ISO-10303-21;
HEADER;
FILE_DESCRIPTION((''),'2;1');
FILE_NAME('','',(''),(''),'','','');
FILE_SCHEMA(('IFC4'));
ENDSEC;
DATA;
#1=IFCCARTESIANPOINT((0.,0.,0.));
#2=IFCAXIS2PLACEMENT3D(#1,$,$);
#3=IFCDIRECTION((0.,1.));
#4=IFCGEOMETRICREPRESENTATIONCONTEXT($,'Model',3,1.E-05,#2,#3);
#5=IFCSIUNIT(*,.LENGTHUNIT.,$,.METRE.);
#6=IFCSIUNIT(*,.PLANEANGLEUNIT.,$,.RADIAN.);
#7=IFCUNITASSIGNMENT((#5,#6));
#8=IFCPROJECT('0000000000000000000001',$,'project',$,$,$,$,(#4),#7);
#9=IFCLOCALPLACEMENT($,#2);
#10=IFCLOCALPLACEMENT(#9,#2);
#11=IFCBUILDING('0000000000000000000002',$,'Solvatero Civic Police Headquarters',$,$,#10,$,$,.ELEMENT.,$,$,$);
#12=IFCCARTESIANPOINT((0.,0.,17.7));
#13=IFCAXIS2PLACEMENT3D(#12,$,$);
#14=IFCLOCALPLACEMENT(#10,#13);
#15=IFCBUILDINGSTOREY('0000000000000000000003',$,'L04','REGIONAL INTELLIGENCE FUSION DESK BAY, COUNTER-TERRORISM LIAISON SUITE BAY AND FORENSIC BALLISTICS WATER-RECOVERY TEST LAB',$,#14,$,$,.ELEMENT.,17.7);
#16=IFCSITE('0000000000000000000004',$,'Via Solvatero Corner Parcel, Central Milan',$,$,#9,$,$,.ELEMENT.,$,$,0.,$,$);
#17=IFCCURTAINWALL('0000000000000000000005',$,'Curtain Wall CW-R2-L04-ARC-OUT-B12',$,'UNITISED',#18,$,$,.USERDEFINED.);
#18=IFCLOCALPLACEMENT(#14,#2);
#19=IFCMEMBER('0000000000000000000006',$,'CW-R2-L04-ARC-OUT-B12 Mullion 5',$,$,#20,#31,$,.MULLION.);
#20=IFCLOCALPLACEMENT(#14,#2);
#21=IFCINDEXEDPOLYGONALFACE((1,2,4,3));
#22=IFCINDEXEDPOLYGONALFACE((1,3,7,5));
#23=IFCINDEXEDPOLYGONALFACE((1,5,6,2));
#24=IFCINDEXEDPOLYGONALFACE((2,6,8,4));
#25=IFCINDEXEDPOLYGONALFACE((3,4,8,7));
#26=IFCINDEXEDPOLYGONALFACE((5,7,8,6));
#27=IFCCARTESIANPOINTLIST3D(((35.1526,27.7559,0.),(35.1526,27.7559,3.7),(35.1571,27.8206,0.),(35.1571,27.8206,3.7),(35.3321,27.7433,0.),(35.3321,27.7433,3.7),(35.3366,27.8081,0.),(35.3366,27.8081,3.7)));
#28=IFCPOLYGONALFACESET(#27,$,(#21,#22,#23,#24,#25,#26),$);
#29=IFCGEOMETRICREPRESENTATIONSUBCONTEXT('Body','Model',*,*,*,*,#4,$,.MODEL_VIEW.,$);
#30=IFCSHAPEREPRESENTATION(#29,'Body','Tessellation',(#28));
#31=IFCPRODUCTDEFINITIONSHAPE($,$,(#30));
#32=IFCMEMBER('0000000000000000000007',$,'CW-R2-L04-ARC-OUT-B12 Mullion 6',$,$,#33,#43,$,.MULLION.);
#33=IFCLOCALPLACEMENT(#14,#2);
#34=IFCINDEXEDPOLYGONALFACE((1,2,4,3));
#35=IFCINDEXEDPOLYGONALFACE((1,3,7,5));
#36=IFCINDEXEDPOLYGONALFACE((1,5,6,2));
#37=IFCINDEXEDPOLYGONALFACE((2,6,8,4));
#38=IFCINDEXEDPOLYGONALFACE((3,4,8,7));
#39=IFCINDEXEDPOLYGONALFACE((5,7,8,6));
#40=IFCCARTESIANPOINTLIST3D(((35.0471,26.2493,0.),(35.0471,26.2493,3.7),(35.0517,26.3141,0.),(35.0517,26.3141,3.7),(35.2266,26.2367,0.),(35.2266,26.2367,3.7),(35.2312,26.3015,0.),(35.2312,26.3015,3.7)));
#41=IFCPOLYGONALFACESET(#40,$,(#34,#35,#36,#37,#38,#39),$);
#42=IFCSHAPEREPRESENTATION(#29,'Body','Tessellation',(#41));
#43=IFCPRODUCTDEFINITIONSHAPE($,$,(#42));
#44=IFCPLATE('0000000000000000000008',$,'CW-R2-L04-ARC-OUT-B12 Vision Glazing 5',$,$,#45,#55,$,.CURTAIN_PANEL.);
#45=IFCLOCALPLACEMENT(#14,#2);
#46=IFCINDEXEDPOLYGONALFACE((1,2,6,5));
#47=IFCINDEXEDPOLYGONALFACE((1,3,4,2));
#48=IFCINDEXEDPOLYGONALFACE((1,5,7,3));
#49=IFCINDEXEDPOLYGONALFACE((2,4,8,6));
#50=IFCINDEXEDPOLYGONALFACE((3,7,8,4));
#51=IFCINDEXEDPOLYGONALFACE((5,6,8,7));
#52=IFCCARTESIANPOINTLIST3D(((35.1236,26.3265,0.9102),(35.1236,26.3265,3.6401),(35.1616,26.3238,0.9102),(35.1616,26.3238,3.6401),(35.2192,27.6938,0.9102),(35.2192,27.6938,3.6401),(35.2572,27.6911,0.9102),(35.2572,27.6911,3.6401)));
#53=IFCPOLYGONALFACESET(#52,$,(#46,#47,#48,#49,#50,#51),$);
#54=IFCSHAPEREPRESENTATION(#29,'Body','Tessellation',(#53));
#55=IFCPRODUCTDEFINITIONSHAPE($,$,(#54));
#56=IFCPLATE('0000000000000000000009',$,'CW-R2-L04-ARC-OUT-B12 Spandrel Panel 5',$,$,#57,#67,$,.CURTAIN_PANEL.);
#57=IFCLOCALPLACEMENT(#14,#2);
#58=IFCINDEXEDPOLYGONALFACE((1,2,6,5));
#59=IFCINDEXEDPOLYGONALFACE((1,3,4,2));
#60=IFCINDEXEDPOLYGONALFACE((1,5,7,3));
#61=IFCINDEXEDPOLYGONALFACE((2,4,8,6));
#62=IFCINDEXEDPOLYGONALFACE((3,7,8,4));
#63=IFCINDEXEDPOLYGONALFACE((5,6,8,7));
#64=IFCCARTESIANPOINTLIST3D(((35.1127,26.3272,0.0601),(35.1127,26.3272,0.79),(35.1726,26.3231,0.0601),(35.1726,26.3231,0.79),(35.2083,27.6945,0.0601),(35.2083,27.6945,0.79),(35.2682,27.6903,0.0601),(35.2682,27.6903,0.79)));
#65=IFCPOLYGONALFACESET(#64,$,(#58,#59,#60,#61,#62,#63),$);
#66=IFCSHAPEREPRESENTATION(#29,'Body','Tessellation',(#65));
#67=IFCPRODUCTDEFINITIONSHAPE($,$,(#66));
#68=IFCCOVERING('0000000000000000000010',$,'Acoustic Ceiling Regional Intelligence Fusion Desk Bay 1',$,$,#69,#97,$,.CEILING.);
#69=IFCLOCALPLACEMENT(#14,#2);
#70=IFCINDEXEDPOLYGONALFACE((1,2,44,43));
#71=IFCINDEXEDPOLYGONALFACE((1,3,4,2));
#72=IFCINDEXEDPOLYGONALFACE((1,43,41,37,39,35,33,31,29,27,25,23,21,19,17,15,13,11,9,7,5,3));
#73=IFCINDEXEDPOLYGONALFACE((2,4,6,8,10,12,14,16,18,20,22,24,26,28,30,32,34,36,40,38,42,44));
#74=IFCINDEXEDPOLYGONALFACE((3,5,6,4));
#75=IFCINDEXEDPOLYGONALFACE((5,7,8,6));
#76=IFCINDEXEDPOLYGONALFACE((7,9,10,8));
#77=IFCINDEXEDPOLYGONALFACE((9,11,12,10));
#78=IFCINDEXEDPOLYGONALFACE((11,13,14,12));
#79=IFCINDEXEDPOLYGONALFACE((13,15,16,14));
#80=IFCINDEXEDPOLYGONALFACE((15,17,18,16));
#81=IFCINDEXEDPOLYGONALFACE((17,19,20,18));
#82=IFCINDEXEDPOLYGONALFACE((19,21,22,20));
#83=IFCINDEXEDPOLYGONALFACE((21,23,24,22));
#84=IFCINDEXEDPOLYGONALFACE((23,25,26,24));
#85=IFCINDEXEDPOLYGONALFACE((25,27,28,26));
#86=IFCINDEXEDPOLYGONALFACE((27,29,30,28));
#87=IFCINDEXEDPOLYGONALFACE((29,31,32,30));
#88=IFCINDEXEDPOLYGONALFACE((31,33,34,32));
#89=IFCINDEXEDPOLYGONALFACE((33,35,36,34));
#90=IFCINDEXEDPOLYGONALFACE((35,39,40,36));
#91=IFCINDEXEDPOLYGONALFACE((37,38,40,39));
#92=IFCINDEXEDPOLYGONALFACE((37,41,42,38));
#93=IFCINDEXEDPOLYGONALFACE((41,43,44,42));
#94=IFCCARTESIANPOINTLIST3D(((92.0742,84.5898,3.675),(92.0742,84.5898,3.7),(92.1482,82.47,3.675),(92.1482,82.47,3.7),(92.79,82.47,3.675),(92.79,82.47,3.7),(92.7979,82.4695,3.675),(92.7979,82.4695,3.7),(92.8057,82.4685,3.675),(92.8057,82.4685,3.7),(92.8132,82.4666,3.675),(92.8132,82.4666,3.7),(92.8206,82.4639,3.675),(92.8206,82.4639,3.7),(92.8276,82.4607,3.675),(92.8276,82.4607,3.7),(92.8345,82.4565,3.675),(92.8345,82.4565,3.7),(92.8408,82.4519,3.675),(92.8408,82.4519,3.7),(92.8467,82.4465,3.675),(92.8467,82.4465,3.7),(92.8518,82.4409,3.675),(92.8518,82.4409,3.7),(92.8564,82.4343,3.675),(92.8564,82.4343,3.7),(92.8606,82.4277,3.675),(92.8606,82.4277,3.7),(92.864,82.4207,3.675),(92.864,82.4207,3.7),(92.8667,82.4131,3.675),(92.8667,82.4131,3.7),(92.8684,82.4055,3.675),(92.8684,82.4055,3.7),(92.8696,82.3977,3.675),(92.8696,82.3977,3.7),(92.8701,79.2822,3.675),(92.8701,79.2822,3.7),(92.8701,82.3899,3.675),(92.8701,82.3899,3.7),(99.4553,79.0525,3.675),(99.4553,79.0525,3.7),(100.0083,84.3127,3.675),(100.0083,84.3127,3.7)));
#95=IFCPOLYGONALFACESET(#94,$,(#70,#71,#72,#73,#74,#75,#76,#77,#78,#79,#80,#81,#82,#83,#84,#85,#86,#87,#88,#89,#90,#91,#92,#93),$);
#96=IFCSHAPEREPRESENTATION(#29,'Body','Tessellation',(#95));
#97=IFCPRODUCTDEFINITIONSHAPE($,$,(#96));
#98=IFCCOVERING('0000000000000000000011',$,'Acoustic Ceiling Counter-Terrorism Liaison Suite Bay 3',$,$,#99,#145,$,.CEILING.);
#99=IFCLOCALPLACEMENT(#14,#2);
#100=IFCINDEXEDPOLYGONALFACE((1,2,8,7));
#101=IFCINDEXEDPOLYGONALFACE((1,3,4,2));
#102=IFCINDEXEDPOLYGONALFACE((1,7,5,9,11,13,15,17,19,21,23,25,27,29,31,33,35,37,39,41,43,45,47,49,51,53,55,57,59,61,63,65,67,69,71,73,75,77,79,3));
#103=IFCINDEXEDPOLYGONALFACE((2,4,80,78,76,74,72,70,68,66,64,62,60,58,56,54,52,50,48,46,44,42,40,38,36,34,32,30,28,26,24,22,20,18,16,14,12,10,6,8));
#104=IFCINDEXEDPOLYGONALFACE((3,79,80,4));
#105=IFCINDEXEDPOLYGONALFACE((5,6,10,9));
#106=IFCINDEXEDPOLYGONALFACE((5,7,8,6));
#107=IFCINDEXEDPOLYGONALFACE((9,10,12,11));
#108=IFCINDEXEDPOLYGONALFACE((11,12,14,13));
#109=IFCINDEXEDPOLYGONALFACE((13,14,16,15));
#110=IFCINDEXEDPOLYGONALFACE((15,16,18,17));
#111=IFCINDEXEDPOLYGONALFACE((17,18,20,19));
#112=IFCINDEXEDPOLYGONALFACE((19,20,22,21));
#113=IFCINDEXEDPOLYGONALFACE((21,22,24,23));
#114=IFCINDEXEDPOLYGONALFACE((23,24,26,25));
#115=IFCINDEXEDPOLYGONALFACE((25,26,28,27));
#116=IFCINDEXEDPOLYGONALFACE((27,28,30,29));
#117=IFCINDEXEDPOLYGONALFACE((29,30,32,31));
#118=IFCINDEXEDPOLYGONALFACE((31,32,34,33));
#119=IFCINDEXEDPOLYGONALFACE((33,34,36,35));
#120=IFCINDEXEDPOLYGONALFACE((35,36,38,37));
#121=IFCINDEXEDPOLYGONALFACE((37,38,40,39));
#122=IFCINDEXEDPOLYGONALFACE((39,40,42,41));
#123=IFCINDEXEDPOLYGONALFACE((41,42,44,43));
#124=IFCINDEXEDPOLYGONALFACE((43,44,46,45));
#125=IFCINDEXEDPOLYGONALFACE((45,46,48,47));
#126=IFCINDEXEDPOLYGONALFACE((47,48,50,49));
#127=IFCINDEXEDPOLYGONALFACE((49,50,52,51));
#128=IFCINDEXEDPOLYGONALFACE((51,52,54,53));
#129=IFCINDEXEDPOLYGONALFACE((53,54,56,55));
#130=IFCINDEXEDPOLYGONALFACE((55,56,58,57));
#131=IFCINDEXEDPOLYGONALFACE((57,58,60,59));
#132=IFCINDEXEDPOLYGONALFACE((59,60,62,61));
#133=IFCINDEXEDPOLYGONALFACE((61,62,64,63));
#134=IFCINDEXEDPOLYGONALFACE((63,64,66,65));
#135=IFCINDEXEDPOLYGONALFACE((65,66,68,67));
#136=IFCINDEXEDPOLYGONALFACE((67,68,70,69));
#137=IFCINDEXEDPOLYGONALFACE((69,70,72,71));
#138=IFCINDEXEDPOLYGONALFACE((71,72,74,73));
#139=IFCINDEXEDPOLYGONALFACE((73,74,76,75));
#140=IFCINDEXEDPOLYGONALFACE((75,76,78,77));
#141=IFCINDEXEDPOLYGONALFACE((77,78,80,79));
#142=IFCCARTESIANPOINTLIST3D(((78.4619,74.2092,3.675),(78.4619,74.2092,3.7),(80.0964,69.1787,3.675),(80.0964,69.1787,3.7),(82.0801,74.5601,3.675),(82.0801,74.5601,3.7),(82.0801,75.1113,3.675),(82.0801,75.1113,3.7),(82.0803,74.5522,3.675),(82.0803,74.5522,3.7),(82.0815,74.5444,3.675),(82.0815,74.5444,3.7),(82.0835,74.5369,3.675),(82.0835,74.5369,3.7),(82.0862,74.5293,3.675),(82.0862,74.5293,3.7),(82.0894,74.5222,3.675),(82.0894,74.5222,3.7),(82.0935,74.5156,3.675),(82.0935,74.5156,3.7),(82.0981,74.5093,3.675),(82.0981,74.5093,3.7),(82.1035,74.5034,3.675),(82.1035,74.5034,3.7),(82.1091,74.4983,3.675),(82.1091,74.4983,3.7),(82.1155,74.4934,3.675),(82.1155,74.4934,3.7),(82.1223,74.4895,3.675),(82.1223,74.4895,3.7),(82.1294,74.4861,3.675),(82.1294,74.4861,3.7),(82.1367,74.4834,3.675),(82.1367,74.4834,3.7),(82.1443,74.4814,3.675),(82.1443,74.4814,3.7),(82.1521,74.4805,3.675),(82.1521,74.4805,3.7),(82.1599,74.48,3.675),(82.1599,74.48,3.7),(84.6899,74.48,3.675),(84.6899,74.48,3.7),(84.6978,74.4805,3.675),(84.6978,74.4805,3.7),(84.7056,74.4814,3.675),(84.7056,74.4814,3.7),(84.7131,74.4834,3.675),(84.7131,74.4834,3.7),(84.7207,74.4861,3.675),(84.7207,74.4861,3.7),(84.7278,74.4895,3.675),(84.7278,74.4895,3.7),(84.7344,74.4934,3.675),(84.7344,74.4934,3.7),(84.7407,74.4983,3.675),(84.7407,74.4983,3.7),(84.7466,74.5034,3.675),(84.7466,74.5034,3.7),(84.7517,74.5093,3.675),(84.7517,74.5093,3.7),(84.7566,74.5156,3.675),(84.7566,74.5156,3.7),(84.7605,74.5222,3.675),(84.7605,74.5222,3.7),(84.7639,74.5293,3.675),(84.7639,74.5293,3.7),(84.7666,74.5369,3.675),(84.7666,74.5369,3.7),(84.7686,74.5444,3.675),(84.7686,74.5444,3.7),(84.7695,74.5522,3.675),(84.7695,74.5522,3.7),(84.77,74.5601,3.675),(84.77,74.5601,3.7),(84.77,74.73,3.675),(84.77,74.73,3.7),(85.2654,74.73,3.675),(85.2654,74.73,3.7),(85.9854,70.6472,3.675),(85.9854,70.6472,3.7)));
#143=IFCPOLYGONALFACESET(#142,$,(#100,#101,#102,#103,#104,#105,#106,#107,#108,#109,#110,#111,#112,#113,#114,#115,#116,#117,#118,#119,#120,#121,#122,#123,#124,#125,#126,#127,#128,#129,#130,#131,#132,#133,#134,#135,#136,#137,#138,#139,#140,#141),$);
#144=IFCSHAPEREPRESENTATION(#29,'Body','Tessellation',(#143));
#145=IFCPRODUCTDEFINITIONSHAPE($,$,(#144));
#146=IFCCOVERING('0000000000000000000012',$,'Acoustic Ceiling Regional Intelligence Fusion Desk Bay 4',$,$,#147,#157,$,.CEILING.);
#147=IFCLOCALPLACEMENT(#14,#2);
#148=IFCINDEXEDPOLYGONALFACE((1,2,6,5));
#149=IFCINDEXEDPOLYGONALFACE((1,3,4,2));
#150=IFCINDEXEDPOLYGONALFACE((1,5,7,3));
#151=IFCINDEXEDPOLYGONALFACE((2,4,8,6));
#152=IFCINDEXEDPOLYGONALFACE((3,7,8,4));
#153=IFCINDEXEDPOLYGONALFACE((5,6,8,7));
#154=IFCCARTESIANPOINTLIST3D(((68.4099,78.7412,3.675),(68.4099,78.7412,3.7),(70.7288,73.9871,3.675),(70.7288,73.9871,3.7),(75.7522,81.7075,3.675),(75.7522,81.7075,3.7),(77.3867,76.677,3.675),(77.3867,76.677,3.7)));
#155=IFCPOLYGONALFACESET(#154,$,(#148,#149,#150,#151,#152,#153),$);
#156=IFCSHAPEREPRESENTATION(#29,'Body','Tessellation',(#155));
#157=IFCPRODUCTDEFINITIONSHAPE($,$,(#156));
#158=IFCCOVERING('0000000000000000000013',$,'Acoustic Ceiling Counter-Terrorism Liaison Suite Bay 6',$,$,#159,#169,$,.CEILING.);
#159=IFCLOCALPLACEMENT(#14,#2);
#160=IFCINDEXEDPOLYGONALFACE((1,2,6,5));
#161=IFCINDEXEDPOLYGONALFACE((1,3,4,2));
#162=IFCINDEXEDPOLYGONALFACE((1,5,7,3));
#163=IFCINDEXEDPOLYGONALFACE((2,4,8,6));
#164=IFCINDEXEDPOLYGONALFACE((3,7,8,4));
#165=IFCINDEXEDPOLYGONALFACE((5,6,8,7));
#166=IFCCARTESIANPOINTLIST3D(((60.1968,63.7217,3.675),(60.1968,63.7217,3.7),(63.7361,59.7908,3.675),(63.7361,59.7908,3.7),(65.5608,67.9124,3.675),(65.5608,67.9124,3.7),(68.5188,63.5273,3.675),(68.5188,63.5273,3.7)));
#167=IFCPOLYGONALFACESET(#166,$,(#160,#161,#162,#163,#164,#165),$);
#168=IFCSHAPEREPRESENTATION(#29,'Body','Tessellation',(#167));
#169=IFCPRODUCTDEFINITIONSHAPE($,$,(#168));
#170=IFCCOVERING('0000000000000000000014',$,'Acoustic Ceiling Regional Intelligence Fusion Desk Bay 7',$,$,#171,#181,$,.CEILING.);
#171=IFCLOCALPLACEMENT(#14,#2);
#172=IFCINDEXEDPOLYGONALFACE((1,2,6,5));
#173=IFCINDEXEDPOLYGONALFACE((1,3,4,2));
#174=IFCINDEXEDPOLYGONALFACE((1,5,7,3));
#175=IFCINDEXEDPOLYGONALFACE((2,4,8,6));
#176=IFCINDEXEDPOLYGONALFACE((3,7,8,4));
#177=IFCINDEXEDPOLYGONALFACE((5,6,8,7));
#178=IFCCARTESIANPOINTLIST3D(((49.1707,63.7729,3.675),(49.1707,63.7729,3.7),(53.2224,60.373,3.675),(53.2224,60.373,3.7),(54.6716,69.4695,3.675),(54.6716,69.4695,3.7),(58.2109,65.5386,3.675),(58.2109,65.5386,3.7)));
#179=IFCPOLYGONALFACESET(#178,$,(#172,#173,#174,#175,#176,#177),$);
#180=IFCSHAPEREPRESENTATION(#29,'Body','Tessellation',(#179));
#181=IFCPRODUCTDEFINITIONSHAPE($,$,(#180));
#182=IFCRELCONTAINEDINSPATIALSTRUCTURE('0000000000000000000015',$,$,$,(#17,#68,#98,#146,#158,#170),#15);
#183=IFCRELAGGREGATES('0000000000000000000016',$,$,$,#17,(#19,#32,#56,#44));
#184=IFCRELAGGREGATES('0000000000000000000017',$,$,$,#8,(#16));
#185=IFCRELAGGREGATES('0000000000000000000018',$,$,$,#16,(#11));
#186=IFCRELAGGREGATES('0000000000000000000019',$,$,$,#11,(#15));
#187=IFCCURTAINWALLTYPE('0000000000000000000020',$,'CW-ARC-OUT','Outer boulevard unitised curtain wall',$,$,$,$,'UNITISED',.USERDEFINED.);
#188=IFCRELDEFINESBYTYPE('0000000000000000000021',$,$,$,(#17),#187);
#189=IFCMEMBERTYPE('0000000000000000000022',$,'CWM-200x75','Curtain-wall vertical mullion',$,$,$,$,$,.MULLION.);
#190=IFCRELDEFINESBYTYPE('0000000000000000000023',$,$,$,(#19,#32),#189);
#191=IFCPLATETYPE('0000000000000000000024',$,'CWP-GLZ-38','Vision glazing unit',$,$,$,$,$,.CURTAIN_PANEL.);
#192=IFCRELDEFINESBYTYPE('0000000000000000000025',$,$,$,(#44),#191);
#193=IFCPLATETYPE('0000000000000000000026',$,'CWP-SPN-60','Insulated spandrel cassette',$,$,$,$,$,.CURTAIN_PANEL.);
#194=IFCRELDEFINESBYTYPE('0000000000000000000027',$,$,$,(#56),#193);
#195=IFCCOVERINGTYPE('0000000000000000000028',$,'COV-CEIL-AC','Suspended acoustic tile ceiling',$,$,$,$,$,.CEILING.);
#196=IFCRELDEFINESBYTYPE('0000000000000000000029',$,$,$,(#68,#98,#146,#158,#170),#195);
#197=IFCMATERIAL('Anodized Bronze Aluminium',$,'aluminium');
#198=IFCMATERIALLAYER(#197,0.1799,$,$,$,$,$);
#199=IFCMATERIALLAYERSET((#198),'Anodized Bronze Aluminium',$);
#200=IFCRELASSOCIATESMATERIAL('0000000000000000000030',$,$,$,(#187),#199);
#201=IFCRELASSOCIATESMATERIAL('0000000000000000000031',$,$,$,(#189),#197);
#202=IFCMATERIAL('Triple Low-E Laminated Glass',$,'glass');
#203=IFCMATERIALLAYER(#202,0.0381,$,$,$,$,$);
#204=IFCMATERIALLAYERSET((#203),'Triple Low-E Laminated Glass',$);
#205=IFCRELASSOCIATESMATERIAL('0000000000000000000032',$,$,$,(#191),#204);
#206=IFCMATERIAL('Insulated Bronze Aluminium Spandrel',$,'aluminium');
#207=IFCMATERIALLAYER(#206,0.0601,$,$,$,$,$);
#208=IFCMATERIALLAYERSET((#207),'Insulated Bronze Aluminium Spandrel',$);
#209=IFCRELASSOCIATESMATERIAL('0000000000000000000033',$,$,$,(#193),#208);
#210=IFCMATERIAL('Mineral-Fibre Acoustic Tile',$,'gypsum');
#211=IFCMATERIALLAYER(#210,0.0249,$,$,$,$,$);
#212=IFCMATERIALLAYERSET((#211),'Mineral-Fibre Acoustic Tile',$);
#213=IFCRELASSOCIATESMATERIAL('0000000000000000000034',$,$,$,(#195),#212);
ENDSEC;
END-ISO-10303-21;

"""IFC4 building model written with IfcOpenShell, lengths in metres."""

from ifc_helpers import new_model, si_unit, direction, frame, origin, origin_2d, place, context, subcontext, project, spatial, polyline, rectangle, outline, extrude, material, layer, layer_set, material_profile, profile_set, type_object, element, aggregate, save


model = new_model("IFC4")

# Units and contexts
model_context = context("Model", 3, precision=1e-05, world=origin(), true_north=direction((0.0, 1.0)))
body_context = subcontext(model_context, "Body", "Model", "MODEL_VIEW")
ifc_project = project(units=[si_unit("LENGTHUNIT", "METRE"), si_unit("PLANEANGLEUNIT", "RADIAN")], contexts=[model_context])

# Site, building, storey
site_placement = place(None, origin())
site = spatial("IfcSite", under=ifc_project, at=site_placement, Name="Via Solvatero Corner Parcel, Central Milan", CompositionType="ELEMENT", RefElevation=0.0)
building_placement = place(site_placement, origin())
building = spatial("IfcBuilding", under=site, at=building_placement, Name="Solvatero Civic Police Headquarters", CompositionType="ELEMENT")
storey_placement = place(building_placement, frame((0.0, 0.0, 17.7)))
storey = spatial("IfcBuildingStorey", under=building, at=storey_placement, Name="L04", Description="REGIONAL INTELLIGENCE FUSION DESK BAY, COUNTER-TERRORISM LIAISON SUITE BAY AND FORENSIC BALLISTICS WATER-RECOVERY TEST LAB", CompositionType="ELEMENT", Elevation=17.7)

# Curtain wall, members, plates
ifc_material_1 = material(Name="Anodized Bronze Aluminium", Category="aluminium")
ifc_layer_1 = layer(ifc_material_1, 0.1799)
ifc_layer_set_1 = layer_set([ifc_layer_1], Name="Anodized Bronze Aluminium")
curtain_wall_type = type_object("IfcCurtainWallType", Name="CW-ARC-OUT", Description="Outer boulevard unitised curtain wall", ElementType="UNITISED", PredefinedType="USERDEFINED", material=ifc_layer_set_1)
curtain_wall_placement = place(storey_placement, origin())
curtain_wall = element("IfcCurtainWall", 1, at=curtain_wall_placement, inside=storey, type_object=curtain_wall_type, Name="Curtain Wall CW-R2-L04-ARC-OUT-B12", ObjectType="UNITISED", PredefinedType="USERDEFINED")
ifc_material_profile = material_profile(ifc_material_1, rectangle(XDim=0.0649, YDim=0.1799, at=origin_2d()), Name="ALU MULLION 65x180")
ifc_profile_set = profile_set([ifc_material_profile], Name="Anodized Bronze Aluminium")
member_type = type_object("IfcMemberType", Name="CWM-200x75", Description="Curtain-wall vertical mullion", PredefinedType="MULLION", material=ifc_profile_set)
member_1_placement = place(storey_placement, frame((35.2446, 27.782, 0.0), z_axis=(0.0, 0.0, 1.0), x_axis=(-0.069739, -0.997565, 0.0)))
member_1 = element("IfcMember", 2, at=member_1_placement, type_object=member_type, Name="CW-R2-L04-ARC-OUT-B12 Mullion 5", PredefinedType="MULLION", context=body_context, shape_type="SweptSolid", body=[
    extrude(rectangle(XDim=0.0649, YDim=0.1799, at=origin_2d()), origin(), (0.0, 0.0, 1.0), 3.7),
])
member_2_placement = place(storey_placement, frame((35.1392, 26.2754, 0.0), z_axis=(0.0, 0.0, 1.0), x_axis=(-0.069739, -0.997565, 0.0)))
member_2 = element("IfcMember", 3, at=member_2_placement, type_object=member_type, Name="CW-R2-L04-ARC-OUT-B12 Mullion 6", PredefinedType="MULLION", context=body_context, shape_type="SweptSolid", body=[
    extrude(rectangle(XDim=0.0649, YDim=0.1799, at=origin_2d()), origin(), (0.0, 0.0, 1.0), 3.7),
])
ifc_material_2 = material(Name="Triple Low-E Laminated Glass", Category="glass")
ifc_layer_2 = layer(ifc_material_2, 0.0381)
ifc_layer_set_2 = layer_set([ifc_layer_2], Name="Triple Low-E Laminated Glass")
plate_type_1 = type_object("IfcPlateType", Name="CWP-GLZ-38", Description="Vision glazing unit", PredefinedType="CURTAIN_PANEL", material=ifc_layer_set_2)
plate_1_placement = place(storey_placement, frame((35.1904, 27.0088, 0.9102), z_axis=(0.0, 0.0, 1.0), x_axis=(-0.069739, -0.997565, 0.0)))
plate_1 = element("IfcPlate", 4, at=plate_1_placement, type_object=plate_type_1, Name="CW-R2-L04-ARC-OUT-B12 Vision Glazing 5", PredefinedType="CURTAIN_PANEL", context=body_context, shape_type="SweptSolid", body=[
    extrude(rectangle(XDim=1.3706, YDim=0.0381, at=origin_2d()), origin(), (0.0, 0.0, 1.0), 2.73),
])
ifc_material_3 = material(Name="Insulated Bronze Aluminium Spandrel", Category="aluminium")
ifc_layer_3 = layer(ifc_material_3, 0.0601)
ifc_layer_set_3 = layer_set([ifc_layer_3], Name="Insulated Bronze Aluminium Spandrel")
plate_type_2 = type_object("IfcPlateType", Name="CWP-SPN-60", Description="Insulated spandrel cassette", PredefinedType="CURTAIN_PANEL", material=ifc_layer_set_3)
plate_2_placement = place(storey_placement, frame((35.1904, 27.0088, 0.0601), z_axis=(0.0, 0.0, 1.0), x_axis=(-0.069739, -0.997565, 0.0)))
plate_2 = element("IfcPlate", 5, at=plate_2_placement, type_object=plate_type_2, Name="CW-R2-L04-ARC-OUT-B12 Spandrel Panel 5", PredefinedType="CURTAIN_PANEL", context=body_context, shape_type="SweptSolid", body=[
    extrude(rectangle(XDim=1.3706, YDim=0.0601, at=origin_2d()), origin(), (0.0, 0.0, 1.0), 0.73),
])
aggregate(curtain_wall, [member_1, member_2, plate_2, plate_1])

# Coverings
ifc_material_4 = material(Name="Mineral-Fibre Acoustic Tile", Category="gypsum")
ifc_layer_4 = layer(ifc_material_4, 0.0249)
ifc_layer_set_4 = layer_set([ifc_layer_4], Name="Mineral-Fibre Acoustic Tile")
covering_type_1 = type_object("IfcCoveringType", Name="COV-CEIL-AC", Description="Suspended acoustic tile ceiling", PredefinedType="CEILING", material=ifc_layer_set_4)
covering_1_placement = place(storey_placement, frame((0.0, 0.0, 3.675)))
element("IfcCovering", 6, at=covering_1_placement, inside=storey, type_object=covering_type_1, Name="Acoustic Ceiling Regional Intelligence Fusion Desk Bay 1", PredefinedType="CEILING", context=body_context, shape_type="SweptSolid", body=[
    extrude(outline(polyline([(92.0742, 84.5898), (100.0083, 84.3127), (99.4553, 79.0525), (92.8701, 79.2822), (92.8701, 82.3899), (92.8696, 82.3977), (92.8684, 82.4055), (92.8667, 82.4131), (92.864, 82.4207), (92.8606, 82.4277), (92.8564, 82.4343), (92.8518, 82.4409), (92.8467, 82.4465), (92.8408, 82.4519), (92.8345, 82.4565), (92.8276, 82.4607), (92.8206, 82.4639), (92.8132, 82.4666), (92.8057, 82.4685), (92.7979, 82.4695), (92.79, 82.47), (92.1482, 82.47), (92.0742, 84.5898)])), origin(), (0.0, 0.0, 1.0), 0.0249),
])
covering_2_placement = place(storey_placement, frame((0.0, 0.0, 3.675)))
element("IfcCovering", 7, at=covering_2_placement, inside=storey, type_object=covering_type_1, Name="Acoustic Ceiling Counter-Terrorism Liaison Suite Bay 3", PredefinedType="CEILING", context=body_context, shape_type="SweptSolid", body=[
    extrude(outline(polyline([(80.0964, 69.1787), (78.4619, 74.2092), (82.0801, 75.1113), (82.0801, 74.5601), (82.0803, 74.5522), (82.0815, 74.5444), (82.0835, 74.5369), (82.0862, 74.5293), (82.0894, 74.5222), (82.0935, 74.5156), (82.0981, 74.5093), (82.1035, 74.5034), (82.1091, 74.4983), (82.1155, 74.4934), (82.1223, 74.4895), (82.1294, 74.4861), (82.1367, 74.4834), (82.1443, 74.4814), (82.1521, 74.4805), (82.1599, 74.48), (84.6899, 74.48), (84.6978, 74.4805), (84.7056, 74.4814), (84.7131, 74.4834), (84.7207, 74.4861), (84.7278, 74.4895), (84.7344, 74.4934), (84.7407, 74.4983), (84.7466, 74.5034), (84.7517, 74.5093), (84.7566, 74.5156), (84.7605, 74.5222), (84.7639, 74.5293), (84.7666, 74.5369), (84.7686, 74.5444), (84.7695, 74.5522), (84.77, 74.5601), (84.77, 74.73), (85.2654, 74.73), (85.9854, 70.6472), (80.0964, 69.1787)])), origin(), (0.0, 0.0, 1.0), 0.0249),
])
covering_3_placement = place(storey_placement, frame((0.0, 0.0, 3.675)))
element("IfcCovering", 8, at=covering_3_placement, inside=storey, type_object=covering_type_1, Name="Acoustic Ceiling Regional Intelligence Fusion Desk Bay 4", PredefinedType="CEILING", context=body_context, shape_type="SweptSolid", body=[
    extrude(outline(polyline([(70.7288, 73.9871), (68.4099, 78.7412), (75.7522, 81.7075), (77.3867, 76.677), (70.7288, 73.9871)])), origin(), (0.0, 0.0, 1.0), 0.0249),
])
covering_4_placement = place(storey_placement, frame((0.0, 0.0, 3.675)))
element("IfcCovering", 9, at=covering_4_placement, inside=storey, type_object=covering_type_1, Name="Acoustic Ceiling Counter-Terrorism Liaison Suite Bay 6", PredefinedType="CEILING", context=body_context, shape_type="SweptSolid", body=[
    extrude(outline(polyline([(63.7361, 59.7908), (60.1968, 63.7217), (65.5608, 67.9124), (68.5188, 63.5273), (63.7361, 59.7908)])), origin(), (0.0, 0.0, 1.0), 0.0249),
])
covering_5_placement = place(storey_placement, frame((0.0, 0.0, 3.675)))
element("IfcCovering", 10, at=covering_5_placement, inside=storey, type_object=covering_type_1, Name="Acoustic Ceiling Regional Intelligence Fusion Desk Bay 7", PredefinedType="CEILING", context=body_context, shape_type="SweptSolid", body=[
    extrude(outline(polyline([(53.2224, 60.373), (49.1707, 63.7729), (54.6716, 69.4695), (58.2109, 65.5386), (53.2224, 60.373)])), origin(), (0.0, 0.0, 1.0), 0.0249),
])

save(model, "model.ifc")
